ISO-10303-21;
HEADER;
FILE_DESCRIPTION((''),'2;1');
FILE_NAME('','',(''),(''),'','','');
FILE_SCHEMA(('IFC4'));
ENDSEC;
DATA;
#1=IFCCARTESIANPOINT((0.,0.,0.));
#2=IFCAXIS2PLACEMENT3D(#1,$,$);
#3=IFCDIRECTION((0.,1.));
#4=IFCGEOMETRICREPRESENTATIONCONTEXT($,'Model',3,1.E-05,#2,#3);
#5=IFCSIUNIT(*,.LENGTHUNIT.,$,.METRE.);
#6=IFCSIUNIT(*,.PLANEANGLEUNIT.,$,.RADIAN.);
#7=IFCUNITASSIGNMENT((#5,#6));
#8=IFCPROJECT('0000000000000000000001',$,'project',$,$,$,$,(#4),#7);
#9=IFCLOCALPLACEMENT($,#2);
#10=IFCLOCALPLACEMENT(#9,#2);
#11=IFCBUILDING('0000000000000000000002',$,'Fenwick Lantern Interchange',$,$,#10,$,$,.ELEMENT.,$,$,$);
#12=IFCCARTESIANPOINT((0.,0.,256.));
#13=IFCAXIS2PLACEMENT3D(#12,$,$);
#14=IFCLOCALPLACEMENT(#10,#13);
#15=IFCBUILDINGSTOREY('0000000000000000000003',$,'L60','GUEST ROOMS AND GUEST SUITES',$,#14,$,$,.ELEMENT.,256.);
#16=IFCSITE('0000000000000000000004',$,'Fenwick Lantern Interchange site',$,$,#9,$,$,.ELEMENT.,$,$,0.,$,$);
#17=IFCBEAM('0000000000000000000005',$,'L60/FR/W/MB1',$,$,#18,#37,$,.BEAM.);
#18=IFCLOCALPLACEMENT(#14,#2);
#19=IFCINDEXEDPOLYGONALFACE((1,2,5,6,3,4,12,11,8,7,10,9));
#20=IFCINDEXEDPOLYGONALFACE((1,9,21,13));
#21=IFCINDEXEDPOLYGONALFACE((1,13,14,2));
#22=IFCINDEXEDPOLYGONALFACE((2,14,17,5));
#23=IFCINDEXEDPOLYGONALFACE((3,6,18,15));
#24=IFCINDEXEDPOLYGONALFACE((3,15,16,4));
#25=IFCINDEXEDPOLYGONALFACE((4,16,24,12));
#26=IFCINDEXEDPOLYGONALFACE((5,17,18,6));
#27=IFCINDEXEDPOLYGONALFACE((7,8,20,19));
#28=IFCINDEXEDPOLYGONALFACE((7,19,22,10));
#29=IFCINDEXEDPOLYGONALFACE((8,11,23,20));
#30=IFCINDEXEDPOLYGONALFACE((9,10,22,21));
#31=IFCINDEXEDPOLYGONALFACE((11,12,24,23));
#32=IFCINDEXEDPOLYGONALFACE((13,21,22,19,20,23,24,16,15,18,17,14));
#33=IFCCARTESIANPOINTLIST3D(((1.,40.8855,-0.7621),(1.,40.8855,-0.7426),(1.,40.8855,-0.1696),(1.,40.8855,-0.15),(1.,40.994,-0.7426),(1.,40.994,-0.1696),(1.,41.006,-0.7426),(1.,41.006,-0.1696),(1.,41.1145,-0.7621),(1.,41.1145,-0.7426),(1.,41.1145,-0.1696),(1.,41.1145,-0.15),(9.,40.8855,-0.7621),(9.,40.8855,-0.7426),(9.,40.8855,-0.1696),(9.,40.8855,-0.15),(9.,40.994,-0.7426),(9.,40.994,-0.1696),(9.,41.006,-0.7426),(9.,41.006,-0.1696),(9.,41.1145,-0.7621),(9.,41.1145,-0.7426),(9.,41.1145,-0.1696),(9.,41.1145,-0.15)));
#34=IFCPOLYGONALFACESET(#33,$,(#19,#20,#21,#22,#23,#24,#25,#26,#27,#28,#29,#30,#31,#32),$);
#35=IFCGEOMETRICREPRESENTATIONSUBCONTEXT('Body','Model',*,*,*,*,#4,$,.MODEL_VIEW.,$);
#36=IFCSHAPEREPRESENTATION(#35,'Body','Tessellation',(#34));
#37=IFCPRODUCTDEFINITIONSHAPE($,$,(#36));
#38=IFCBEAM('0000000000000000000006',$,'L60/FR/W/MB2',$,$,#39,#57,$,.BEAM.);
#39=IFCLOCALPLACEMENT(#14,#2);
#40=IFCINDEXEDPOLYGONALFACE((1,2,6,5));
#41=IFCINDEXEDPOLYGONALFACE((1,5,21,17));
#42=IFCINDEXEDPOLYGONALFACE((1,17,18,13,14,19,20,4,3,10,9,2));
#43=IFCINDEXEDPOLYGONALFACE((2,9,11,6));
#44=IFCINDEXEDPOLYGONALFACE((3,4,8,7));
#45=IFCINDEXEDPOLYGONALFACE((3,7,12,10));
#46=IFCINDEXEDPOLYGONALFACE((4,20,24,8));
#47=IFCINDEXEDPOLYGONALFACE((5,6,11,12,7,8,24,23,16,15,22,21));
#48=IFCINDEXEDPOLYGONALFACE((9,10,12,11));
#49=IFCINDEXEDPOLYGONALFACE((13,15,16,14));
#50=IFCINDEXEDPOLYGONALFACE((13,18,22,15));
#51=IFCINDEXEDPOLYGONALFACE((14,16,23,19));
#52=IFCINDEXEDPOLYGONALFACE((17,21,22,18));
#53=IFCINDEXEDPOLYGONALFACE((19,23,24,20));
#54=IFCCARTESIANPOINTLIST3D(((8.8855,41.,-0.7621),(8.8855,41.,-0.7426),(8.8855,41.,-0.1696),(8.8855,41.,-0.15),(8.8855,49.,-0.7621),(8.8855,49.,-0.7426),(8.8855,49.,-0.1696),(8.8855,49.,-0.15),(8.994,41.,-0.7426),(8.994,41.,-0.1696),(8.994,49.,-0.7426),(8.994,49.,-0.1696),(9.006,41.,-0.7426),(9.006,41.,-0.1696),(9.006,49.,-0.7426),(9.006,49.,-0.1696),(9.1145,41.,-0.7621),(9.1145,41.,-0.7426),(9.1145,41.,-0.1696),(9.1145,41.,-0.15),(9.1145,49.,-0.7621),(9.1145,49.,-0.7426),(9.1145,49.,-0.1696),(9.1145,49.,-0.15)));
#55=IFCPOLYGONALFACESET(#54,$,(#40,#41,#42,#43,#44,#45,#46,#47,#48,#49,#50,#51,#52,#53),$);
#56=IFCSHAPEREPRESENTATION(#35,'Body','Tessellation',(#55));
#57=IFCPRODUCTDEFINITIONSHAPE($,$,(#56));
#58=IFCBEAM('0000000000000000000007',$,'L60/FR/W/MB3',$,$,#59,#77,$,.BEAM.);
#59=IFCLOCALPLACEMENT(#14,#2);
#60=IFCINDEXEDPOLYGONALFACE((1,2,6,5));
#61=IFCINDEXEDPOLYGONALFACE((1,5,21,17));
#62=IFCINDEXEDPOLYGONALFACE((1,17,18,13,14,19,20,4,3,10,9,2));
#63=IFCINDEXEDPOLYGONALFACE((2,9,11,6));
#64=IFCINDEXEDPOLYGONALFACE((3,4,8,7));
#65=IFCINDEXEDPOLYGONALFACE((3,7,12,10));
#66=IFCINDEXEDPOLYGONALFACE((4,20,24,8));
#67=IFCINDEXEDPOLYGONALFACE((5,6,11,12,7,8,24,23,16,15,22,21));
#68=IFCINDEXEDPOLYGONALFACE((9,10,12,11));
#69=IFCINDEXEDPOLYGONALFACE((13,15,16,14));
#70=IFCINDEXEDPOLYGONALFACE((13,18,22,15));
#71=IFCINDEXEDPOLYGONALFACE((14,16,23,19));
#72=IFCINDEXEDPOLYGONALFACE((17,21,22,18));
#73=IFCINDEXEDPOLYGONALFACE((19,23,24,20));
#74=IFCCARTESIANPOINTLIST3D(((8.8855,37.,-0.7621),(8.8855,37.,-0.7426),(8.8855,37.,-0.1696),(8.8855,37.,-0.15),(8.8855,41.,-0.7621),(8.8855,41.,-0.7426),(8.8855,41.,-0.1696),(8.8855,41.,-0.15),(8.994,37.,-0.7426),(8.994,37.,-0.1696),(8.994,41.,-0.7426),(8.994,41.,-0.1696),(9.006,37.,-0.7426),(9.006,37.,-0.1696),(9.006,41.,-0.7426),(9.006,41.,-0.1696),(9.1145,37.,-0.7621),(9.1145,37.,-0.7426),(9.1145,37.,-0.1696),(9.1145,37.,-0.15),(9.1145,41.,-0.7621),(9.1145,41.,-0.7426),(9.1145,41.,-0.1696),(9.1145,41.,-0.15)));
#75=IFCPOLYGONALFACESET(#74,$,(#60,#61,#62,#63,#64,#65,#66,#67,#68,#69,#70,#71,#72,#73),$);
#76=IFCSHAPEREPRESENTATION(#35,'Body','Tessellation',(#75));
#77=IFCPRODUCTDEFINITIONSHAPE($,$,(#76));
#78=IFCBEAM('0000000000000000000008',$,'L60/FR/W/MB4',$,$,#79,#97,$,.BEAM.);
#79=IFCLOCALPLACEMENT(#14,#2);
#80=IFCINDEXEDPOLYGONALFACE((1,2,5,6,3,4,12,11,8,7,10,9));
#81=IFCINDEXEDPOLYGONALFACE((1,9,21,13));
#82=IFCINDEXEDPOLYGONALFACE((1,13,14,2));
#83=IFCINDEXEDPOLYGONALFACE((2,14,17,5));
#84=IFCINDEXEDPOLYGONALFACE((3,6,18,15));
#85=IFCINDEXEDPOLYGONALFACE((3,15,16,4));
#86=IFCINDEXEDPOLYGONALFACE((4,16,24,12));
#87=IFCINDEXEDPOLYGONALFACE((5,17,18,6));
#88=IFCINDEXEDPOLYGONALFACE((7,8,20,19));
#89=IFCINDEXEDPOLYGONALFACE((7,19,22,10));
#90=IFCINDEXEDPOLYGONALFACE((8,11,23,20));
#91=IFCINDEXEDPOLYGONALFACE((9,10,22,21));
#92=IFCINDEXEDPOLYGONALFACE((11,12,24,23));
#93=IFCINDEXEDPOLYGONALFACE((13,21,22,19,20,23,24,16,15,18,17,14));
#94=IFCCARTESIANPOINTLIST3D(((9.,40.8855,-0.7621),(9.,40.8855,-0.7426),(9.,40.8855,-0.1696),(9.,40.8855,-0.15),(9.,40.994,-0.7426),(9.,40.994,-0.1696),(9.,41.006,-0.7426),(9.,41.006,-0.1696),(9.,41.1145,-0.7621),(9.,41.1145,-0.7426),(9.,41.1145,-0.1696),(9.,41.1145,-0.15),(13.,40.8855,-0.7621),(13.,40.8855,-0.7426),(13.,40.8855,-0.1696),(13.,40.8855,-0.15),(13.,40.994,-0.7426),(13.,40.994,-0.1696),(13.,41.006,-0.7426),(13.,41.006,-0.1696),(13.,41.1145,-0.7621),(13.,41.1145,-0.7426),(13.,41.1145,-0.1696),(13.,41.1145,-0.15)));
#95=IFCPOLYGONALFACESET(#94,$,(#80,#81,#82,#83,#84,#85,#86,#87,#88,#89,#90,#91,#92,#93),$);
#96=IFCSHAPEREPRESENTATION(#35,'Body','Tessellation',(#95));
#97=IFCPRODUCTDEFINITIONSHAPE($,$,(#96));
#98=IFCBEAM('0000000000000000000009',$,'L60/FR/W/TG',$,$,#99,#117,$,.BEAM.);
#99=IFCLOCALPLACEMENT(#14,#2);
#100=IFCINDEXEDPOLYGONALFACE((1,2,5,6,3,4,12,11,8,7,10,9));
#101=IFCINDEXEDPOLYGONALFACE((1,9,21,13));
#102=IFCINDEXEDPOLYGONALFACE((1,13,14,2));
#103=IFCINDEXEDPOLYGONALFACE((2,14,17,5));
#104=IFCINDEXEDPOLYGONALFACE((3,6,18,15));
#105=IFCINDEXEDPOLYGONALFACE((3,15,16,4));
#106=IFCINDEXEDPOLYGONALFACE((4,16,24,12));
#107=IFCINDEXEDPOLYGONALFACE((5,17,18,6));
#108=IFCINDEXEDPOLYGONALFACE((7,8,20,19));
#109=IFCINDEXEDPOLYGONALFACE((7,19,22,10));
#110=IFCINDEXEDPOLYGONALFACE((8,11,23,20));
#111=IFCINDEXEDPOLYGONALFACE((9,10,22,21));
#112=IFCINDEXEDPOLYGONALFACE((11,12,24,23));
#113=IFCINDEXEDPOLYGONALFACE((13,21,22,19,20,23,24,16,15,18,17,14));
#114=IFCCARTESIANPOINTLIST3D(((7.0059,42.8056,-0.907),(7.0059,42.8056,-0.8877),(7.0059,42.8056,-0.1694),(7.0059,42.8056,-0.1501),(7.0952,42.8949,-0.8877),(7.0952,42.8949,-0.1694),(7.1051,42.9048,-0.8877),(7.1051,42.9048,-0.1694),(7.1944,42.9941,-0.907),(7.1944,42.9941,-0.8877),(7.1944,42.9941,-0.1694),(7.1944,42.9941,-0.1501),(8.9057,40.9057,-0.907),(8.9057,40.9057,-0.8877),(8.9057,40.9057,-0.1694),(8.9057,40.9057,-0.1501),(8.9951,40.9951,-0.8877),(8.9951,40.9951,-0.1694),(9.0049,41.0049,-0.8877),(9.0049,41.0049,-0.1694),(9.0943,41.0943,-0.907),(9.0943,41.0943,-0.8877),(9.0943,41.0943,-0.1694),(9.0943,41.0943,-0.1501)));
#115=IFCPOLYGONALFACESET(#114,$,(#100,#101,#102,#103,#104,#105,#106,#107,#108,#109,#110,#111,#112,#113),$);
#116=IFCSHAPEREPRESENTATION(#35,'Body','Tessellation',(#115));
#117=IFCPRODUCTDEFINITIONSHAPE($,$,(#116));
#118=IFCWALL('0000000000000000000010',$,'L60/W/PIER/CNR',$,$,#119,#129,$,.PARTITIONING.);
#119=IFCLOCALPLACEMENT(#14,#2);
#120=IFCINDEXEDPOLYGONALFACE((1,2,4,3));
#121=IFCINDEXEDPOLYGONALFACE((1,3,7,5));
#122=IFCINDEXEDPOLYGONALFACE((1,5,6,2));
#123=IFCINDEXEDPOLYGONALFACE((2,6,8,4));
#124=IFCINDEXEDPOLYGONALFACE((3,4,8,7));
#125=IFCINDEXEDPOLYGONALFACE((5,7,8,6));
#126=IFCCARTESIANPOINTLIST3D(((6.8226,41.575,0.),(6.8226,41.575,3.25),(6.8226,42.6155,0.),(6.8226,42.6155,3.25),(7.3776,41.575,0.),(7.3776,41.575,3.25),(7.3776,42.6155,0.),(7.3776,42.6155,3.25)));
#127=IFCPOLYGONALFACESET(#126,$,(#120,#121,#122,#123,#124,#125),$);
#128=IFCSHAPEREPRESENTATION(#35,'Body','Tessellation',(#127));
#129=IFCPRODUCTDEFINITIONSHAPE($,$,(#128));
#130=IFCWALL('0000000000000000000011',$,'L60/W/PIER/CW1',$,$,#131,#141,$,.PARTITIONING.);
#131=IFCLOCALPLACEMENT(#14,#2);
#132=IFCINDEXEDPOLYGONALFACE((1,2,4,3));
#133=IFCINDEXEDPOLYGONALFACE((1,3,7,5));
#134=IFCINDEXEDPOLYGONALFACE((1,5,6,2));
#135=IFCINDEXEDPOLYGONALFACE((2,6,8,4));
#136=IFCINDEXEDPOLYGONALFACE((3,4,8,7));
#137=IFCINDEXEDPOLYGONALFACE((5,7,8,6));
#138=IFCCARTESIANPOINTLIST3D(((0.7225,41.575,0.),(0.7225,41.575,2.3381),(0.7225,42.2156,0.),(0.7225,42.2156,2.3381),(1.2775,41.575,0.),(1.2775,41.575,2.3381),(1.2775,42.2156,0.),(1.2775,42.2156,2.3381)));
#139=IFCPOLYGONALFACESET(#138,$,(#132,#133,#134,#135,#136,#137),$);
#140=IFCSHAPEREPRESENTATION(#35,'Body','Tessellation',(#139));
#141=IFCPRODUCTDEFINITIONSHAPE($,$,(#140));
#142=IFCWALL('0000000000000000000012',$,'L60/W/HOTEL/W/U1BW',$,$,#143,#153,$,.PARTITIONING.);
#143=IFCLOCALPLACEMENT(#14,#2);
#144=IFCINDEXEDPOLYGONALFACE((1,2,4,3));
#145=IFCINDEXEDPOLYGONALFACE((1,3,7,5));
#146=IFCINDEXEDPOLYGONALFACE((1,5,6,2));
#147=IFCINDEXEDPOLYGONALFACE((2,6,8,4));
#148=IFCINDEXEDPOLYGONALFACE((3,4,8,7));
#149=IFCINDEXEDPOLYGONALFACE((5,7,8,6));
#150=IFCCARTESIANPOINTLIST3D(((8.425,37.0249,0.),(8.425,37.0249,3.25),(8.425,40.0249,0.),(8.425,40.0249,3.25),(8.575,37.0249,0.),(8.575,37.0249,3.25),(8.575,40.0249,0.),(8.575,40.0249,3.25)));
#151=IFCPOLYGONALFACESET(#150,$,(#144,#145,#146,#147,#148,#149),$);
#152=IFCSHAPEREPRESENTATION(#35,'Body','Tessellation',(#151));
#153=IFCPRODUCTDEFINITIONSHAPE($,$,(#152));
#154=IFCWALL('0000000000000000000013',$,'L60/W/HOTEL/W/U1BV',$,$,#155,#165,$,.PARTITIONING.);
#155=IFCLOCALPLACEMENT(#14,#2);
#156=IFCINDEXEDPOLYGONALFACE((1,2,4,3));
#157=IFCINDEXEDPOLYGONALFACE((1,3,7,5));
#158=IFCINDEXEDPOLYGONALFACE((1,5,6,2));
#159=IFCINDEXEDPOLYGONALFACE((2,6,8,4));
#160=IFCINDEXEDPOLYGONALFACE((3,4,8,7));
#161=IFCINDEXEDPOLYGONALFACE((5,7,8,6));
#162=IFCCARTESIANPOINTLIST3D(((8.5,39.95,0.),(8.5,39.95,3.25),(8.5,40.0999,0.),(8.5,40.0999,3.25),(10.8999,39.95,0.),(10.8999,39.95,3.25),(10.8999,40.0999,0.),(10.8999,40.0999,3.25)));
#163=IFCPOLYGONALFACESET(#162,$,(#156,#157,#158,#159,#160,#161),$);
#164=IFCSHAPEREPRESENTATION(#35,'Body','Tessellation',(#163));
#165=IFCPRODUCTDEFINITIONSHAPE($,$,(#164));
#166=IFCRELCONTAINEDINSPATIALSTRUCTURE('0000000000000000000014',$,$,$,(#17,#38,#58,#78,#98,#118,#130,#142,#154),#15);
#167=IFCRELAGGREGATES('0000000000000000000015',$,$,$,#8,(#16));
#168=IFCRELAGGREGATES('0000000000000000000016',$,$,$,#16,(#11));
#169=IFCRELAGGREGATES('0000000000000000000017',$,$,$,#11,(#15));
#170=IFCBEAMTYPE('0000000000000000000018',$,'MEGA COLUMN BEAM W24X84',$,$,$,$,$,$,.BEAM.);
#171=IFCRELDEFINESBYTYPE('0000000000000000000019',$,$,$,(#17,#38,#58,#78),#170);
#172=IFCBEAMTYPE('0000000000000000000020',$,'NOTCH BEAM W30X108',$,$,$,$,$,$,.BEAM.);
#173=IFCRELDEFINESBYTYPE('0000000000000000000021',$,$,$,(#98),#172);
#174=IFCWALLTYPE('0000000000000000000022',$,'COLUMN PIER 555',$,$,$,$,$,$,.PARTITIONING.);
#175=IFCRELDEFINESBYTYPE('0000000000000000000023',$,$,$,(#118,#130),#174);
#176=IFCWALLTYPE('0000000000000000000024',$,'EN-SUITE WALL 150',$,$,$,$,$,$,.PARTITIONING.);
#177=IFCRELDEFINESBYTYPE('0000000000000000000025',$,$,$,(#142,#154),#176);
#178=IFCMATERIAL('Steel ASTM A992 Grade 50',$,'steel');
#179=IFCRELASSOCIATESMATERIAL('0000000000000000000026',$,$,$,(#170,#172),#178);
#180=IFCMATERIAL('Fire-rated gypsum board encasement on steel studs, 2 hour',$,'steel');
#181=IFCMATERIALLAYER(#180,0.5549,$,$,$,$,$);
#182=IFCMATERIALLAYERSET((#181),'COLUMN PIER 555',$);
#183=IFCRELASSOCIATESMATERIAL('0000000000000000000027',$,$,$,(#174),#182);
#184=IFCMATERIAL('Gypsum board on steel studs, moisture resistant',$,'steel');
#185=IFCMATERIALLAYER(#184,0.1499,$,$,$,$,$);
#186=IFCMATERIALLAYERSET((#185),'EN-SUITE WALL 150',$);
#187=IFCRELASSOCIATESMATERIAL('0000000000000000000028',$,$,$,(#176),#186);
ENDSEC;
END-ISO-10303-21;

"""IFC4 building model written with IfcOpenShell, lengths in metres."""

from ifc_helpers import new_model, si_unit, direction, frame, frame_2d, origin, origin_2d, place, context, subcontext, project, spatial, rectangle, i_section, extrude, material, layer, layer_set, material_profile, profile_set, type_object, element, save


model = new_model("IFC4")

# Units and contexts
model_context = context("Model", 3, precision=1e-05, world=origin(), true_north=direction((0.0, 1.0)))
body_context = subcontext(model_context, "Body", "Model", "MODEL_VIEW")
ifc_project = project(units=[si_unit("LENGTHUNIT", "METRE"), si_unit("PLANEANGLEUNIT", "RADIAN")], contexts=[model_context])

# Site, building, storey
site_placement = place(None, origin())
site = spatial("IfcSite", under=ifc_project, at=site_placement, Name="Fenwick Lantern Interchange site", CompositionType="ELEMENT", RefElevation=0.0)
building_placement = place(site_placement, origin())
building = spatial("IfcBuilding", under=site, at=building_placement, Name="Fenwick Lantern Interchange", CompositionType="ELEMENT")
storey_placement = place(building_placement, frame((0.0, 0.0, 256.0)))
storey = spatial("IfcBuildingStorey", under=building, at=storey_placement, Name="L60", Description="GUEST ROOMS AND GUEST SUITES", CompositionType="ELEMENT", Elevation=256.0)

# Shared definitions
ifc_material_1 = material(Name="Steel ASTM A992 Grade 50", Category="steel")

# Beams
ifc_material_profile_1 = material_profile(ifc_material_1, i_section(OverallWidth=0.229, OverallDepth=0.6121, WebThickness=0.012, FlangeThickness=0.0195, at=origin_2d()), Name="W24X84")
ifc_profile_set_1 = profile_set([ifc_material_profile_1], Name="Steel ASTM A992 Grade 50")
beam_type_1 = type_object("IfcBeamType", Name="MEGA COLUMN BEAM W24X84", PredefinedType="BEAM", material=ifc_profile_set_1)
for number, where, z_axis, x_axis, name in (
    (1, (9.0, 41.0, -0.4561), (-1.0, 0.0, 0.0), (0.0, -1.0, 0.0), "L60/FR/W/MB1"),
    (2, (9.0, 41.0, -0.4561), (0.0, 1.0, 0.0), (-1.0, 0.0, 0.0), "L60/FR/W/MB2"),
):
    element("IfcBeam", number, at=place(storey_placement, frame(where, z_axis=z_axis, x_axis=x_axis)), inside=storey, type_object=beam_type_1, Name=name, PredefinedType="BEAM", context=body_context, shape_type="SweptSolid", body=[
        extrude(i_section(OverallWidth=0.229, OverallDepth=0.6121, WebThickness=0.012, FlangeThickness=0.0195, at=origin_2d()), origin(), (0.0, 0.0, 1.0), 8.0),
    ])
for number, where, z_axis, x_axis, name in (
    (3, (9.0, 41.0, -0.4561), (0.0, -1.0, 0.0), (1.0, 0.0, 0.0), "L60/FR/W/MB3"),
    (4, (9.0, 41.0, -0.4561), (1.0, 0.0, 0.0), (0.0, 1.0, 0.0), "L60/FR/W/MB4"),
):
    element("IfcBeam", number, at=place(storey_placement, frame(where, z_axis=z_axis, x_axis=x_axis)), inside=storey, type_object=beam_type_1, Name=name, PredefinedType="BEAM", context=body_context, shape_type="SweptSolid", body=[
        extrude(i_section(OverallWidth=0.229, OverallDepth=0.6121, WebThickness=0.012, FlangeThickness=0.0195, at=origin_2d()), origin(), (0.0, 0.0, 1.0), 4.0),
    ])
ifc_material_profile_2 = material_profile(ifc_material_1, i_section(OverallWidth=0.2666, OverallDepth=0.7568, WebThickness=0.0139, FlangeThickness=0.0193, at=origin_2d()), Name="W30X108")
ifc_profile_set_2 = profile_set([ifc_material_profile_2], Name="Steel ASTM A992 Grade 50")
beam_type_2 = type_object("IfcBeamType", Name="NOTCH BEAM W30X108", PredefinedType="BEAM", material=ifc_profile_set_2)
beam_1_placement = place(storey_placement, frame((9.0, 41.0, -0.5286), z_axis=(-0.707107, 0.707107, 0.0), x_axis=(-0.707107, -0.707107, 0.0)))
element("IfcBeam", 5, at=beam_1_placement, inside=storey, type_object=beam_type_2, Name="L60/FR/W/TG", PredefinedType="BEAM", context=body_context, shape_type="SweptSolid", body=[
    extrude(i_section(OverallWidth=0.2666, OverallDepth=0.7568, WebThickness=0.0139, FlangeThickness=0.0193, at=origin_2d()), origin(), (0.0, 0.0, 1.0), 2.6868),
])

# Walls
ifc_material_2 = material(Name="Fire-rated gypsum board encasement on steel studs, 2 hour", Category="steel")
ifc_layer_1 = layer(ifc_material_2, 0.5549)
ifc_layer_set_1 = layer_set([ifc_layer_1], Name="COLUMN PIER 555")
wall_type_1 = type_object("IfcWallType", Name="COLUMN PIER 555", PredefinedType="PARTITIONING", material=ifc_layer_set_1)
wall_1_placement = place(storey_placement, frame((7.1001, 41.575, 0.0), z_axis=(0.0, 0.0, 1.0), x_axis=(0.0, 1.0, 0.0)))
element("IfcWall", 6, at=wall_1_placement, inside=storey, type_object=wall_type_1, Name="L60/W/PIER/CNR", PredefinedType="PARTITIONING", context=body_context, shape_type="SweptSolid", body=[
    extrude(rectangle(XDim=1.0405, YDim=0.5549, at=frame_2d((0.5203, 0.0))), origin(), (0.0, 0.0, 1.0), 3.25),
])
wall_2_placement = place(storey_placement, frame((1.0, 41.575, 0.0), z_axis=(0.0, 0.0, 1.0), x_axis=(0.0, 1.0, 0.0)))
element("IfcWall", 7, at=wall_2_placement, inside=storey, type_object=wall_type_1, Name="L60/W/PIER/CW1", PredefinedType="PARTITIONING", context=body_context, shape_type="SweptSolid", body=[
    extrude(rectangle(XDim=0.6406, YDim=0.5549, at=frame_2d((0.3203, 0.0))), origin(), (0.0, 0.0, 1.0), 2.3381),
])
ifc_material_3 = material(Name="Gypsum board on steel studs, moisture resistant", Category="steel")
ifc_layer_2 = layer(ifc_material_3, 0.1499)
ifc_layer_set_2 = layer_set([ifc_layer_2], Name="EN-SUITE WALL 150")
wall_type_2 = type_object("IfcWallType", Name="EN-SUITE WALL 150", PredefinedType="PARTITIONING", material=ifc_layer_set_2)
wall_3_placement = place(storey_placement, frame((8.5, 40.0249, 0.0), z_axis=(0.0, 0.0, 1.0), x_axis=(0.0, -1.0, 0.0)))
element("IfcWall", 8, at=wall_3_placement, inside=storey, type_object=wall_type_2, Name="L60/W/HOTEL/W/U1BW", PredefinedType="PARTITIONING", context=body_context, shape_type="SweptSolid", body=[
    extrude(rectangle(XDim=3.0, YDim=0.1499, at=frame_2d((1.5, 0.0))), origin(), (0.0, 0.0, 1.0), 3.25),
])
wall_4_placement = place(storey_placement, frame((8.5, 40.0249, 0.0), z_axis=(0.0, 0.0, 1.0), x_axis=(1.0, 0.0, 0.0)))
element("IfcWall", 9, at=wall_4_placement, inside=storey, type_object=wall_type_2, Name="L60/W/HOTEL/W/U1BV", PredefinedType="PARTITIONING", context=body_context, shape_type="SweptSolid", body=[
    extrude(rectangle(XDim=2.3999, YDim=0.1499, at=frame_2d((1.2, 0.0))), origin(), (0.0, 0.0, 1.0), 3.25),
])

save(model, "model.ifc")
